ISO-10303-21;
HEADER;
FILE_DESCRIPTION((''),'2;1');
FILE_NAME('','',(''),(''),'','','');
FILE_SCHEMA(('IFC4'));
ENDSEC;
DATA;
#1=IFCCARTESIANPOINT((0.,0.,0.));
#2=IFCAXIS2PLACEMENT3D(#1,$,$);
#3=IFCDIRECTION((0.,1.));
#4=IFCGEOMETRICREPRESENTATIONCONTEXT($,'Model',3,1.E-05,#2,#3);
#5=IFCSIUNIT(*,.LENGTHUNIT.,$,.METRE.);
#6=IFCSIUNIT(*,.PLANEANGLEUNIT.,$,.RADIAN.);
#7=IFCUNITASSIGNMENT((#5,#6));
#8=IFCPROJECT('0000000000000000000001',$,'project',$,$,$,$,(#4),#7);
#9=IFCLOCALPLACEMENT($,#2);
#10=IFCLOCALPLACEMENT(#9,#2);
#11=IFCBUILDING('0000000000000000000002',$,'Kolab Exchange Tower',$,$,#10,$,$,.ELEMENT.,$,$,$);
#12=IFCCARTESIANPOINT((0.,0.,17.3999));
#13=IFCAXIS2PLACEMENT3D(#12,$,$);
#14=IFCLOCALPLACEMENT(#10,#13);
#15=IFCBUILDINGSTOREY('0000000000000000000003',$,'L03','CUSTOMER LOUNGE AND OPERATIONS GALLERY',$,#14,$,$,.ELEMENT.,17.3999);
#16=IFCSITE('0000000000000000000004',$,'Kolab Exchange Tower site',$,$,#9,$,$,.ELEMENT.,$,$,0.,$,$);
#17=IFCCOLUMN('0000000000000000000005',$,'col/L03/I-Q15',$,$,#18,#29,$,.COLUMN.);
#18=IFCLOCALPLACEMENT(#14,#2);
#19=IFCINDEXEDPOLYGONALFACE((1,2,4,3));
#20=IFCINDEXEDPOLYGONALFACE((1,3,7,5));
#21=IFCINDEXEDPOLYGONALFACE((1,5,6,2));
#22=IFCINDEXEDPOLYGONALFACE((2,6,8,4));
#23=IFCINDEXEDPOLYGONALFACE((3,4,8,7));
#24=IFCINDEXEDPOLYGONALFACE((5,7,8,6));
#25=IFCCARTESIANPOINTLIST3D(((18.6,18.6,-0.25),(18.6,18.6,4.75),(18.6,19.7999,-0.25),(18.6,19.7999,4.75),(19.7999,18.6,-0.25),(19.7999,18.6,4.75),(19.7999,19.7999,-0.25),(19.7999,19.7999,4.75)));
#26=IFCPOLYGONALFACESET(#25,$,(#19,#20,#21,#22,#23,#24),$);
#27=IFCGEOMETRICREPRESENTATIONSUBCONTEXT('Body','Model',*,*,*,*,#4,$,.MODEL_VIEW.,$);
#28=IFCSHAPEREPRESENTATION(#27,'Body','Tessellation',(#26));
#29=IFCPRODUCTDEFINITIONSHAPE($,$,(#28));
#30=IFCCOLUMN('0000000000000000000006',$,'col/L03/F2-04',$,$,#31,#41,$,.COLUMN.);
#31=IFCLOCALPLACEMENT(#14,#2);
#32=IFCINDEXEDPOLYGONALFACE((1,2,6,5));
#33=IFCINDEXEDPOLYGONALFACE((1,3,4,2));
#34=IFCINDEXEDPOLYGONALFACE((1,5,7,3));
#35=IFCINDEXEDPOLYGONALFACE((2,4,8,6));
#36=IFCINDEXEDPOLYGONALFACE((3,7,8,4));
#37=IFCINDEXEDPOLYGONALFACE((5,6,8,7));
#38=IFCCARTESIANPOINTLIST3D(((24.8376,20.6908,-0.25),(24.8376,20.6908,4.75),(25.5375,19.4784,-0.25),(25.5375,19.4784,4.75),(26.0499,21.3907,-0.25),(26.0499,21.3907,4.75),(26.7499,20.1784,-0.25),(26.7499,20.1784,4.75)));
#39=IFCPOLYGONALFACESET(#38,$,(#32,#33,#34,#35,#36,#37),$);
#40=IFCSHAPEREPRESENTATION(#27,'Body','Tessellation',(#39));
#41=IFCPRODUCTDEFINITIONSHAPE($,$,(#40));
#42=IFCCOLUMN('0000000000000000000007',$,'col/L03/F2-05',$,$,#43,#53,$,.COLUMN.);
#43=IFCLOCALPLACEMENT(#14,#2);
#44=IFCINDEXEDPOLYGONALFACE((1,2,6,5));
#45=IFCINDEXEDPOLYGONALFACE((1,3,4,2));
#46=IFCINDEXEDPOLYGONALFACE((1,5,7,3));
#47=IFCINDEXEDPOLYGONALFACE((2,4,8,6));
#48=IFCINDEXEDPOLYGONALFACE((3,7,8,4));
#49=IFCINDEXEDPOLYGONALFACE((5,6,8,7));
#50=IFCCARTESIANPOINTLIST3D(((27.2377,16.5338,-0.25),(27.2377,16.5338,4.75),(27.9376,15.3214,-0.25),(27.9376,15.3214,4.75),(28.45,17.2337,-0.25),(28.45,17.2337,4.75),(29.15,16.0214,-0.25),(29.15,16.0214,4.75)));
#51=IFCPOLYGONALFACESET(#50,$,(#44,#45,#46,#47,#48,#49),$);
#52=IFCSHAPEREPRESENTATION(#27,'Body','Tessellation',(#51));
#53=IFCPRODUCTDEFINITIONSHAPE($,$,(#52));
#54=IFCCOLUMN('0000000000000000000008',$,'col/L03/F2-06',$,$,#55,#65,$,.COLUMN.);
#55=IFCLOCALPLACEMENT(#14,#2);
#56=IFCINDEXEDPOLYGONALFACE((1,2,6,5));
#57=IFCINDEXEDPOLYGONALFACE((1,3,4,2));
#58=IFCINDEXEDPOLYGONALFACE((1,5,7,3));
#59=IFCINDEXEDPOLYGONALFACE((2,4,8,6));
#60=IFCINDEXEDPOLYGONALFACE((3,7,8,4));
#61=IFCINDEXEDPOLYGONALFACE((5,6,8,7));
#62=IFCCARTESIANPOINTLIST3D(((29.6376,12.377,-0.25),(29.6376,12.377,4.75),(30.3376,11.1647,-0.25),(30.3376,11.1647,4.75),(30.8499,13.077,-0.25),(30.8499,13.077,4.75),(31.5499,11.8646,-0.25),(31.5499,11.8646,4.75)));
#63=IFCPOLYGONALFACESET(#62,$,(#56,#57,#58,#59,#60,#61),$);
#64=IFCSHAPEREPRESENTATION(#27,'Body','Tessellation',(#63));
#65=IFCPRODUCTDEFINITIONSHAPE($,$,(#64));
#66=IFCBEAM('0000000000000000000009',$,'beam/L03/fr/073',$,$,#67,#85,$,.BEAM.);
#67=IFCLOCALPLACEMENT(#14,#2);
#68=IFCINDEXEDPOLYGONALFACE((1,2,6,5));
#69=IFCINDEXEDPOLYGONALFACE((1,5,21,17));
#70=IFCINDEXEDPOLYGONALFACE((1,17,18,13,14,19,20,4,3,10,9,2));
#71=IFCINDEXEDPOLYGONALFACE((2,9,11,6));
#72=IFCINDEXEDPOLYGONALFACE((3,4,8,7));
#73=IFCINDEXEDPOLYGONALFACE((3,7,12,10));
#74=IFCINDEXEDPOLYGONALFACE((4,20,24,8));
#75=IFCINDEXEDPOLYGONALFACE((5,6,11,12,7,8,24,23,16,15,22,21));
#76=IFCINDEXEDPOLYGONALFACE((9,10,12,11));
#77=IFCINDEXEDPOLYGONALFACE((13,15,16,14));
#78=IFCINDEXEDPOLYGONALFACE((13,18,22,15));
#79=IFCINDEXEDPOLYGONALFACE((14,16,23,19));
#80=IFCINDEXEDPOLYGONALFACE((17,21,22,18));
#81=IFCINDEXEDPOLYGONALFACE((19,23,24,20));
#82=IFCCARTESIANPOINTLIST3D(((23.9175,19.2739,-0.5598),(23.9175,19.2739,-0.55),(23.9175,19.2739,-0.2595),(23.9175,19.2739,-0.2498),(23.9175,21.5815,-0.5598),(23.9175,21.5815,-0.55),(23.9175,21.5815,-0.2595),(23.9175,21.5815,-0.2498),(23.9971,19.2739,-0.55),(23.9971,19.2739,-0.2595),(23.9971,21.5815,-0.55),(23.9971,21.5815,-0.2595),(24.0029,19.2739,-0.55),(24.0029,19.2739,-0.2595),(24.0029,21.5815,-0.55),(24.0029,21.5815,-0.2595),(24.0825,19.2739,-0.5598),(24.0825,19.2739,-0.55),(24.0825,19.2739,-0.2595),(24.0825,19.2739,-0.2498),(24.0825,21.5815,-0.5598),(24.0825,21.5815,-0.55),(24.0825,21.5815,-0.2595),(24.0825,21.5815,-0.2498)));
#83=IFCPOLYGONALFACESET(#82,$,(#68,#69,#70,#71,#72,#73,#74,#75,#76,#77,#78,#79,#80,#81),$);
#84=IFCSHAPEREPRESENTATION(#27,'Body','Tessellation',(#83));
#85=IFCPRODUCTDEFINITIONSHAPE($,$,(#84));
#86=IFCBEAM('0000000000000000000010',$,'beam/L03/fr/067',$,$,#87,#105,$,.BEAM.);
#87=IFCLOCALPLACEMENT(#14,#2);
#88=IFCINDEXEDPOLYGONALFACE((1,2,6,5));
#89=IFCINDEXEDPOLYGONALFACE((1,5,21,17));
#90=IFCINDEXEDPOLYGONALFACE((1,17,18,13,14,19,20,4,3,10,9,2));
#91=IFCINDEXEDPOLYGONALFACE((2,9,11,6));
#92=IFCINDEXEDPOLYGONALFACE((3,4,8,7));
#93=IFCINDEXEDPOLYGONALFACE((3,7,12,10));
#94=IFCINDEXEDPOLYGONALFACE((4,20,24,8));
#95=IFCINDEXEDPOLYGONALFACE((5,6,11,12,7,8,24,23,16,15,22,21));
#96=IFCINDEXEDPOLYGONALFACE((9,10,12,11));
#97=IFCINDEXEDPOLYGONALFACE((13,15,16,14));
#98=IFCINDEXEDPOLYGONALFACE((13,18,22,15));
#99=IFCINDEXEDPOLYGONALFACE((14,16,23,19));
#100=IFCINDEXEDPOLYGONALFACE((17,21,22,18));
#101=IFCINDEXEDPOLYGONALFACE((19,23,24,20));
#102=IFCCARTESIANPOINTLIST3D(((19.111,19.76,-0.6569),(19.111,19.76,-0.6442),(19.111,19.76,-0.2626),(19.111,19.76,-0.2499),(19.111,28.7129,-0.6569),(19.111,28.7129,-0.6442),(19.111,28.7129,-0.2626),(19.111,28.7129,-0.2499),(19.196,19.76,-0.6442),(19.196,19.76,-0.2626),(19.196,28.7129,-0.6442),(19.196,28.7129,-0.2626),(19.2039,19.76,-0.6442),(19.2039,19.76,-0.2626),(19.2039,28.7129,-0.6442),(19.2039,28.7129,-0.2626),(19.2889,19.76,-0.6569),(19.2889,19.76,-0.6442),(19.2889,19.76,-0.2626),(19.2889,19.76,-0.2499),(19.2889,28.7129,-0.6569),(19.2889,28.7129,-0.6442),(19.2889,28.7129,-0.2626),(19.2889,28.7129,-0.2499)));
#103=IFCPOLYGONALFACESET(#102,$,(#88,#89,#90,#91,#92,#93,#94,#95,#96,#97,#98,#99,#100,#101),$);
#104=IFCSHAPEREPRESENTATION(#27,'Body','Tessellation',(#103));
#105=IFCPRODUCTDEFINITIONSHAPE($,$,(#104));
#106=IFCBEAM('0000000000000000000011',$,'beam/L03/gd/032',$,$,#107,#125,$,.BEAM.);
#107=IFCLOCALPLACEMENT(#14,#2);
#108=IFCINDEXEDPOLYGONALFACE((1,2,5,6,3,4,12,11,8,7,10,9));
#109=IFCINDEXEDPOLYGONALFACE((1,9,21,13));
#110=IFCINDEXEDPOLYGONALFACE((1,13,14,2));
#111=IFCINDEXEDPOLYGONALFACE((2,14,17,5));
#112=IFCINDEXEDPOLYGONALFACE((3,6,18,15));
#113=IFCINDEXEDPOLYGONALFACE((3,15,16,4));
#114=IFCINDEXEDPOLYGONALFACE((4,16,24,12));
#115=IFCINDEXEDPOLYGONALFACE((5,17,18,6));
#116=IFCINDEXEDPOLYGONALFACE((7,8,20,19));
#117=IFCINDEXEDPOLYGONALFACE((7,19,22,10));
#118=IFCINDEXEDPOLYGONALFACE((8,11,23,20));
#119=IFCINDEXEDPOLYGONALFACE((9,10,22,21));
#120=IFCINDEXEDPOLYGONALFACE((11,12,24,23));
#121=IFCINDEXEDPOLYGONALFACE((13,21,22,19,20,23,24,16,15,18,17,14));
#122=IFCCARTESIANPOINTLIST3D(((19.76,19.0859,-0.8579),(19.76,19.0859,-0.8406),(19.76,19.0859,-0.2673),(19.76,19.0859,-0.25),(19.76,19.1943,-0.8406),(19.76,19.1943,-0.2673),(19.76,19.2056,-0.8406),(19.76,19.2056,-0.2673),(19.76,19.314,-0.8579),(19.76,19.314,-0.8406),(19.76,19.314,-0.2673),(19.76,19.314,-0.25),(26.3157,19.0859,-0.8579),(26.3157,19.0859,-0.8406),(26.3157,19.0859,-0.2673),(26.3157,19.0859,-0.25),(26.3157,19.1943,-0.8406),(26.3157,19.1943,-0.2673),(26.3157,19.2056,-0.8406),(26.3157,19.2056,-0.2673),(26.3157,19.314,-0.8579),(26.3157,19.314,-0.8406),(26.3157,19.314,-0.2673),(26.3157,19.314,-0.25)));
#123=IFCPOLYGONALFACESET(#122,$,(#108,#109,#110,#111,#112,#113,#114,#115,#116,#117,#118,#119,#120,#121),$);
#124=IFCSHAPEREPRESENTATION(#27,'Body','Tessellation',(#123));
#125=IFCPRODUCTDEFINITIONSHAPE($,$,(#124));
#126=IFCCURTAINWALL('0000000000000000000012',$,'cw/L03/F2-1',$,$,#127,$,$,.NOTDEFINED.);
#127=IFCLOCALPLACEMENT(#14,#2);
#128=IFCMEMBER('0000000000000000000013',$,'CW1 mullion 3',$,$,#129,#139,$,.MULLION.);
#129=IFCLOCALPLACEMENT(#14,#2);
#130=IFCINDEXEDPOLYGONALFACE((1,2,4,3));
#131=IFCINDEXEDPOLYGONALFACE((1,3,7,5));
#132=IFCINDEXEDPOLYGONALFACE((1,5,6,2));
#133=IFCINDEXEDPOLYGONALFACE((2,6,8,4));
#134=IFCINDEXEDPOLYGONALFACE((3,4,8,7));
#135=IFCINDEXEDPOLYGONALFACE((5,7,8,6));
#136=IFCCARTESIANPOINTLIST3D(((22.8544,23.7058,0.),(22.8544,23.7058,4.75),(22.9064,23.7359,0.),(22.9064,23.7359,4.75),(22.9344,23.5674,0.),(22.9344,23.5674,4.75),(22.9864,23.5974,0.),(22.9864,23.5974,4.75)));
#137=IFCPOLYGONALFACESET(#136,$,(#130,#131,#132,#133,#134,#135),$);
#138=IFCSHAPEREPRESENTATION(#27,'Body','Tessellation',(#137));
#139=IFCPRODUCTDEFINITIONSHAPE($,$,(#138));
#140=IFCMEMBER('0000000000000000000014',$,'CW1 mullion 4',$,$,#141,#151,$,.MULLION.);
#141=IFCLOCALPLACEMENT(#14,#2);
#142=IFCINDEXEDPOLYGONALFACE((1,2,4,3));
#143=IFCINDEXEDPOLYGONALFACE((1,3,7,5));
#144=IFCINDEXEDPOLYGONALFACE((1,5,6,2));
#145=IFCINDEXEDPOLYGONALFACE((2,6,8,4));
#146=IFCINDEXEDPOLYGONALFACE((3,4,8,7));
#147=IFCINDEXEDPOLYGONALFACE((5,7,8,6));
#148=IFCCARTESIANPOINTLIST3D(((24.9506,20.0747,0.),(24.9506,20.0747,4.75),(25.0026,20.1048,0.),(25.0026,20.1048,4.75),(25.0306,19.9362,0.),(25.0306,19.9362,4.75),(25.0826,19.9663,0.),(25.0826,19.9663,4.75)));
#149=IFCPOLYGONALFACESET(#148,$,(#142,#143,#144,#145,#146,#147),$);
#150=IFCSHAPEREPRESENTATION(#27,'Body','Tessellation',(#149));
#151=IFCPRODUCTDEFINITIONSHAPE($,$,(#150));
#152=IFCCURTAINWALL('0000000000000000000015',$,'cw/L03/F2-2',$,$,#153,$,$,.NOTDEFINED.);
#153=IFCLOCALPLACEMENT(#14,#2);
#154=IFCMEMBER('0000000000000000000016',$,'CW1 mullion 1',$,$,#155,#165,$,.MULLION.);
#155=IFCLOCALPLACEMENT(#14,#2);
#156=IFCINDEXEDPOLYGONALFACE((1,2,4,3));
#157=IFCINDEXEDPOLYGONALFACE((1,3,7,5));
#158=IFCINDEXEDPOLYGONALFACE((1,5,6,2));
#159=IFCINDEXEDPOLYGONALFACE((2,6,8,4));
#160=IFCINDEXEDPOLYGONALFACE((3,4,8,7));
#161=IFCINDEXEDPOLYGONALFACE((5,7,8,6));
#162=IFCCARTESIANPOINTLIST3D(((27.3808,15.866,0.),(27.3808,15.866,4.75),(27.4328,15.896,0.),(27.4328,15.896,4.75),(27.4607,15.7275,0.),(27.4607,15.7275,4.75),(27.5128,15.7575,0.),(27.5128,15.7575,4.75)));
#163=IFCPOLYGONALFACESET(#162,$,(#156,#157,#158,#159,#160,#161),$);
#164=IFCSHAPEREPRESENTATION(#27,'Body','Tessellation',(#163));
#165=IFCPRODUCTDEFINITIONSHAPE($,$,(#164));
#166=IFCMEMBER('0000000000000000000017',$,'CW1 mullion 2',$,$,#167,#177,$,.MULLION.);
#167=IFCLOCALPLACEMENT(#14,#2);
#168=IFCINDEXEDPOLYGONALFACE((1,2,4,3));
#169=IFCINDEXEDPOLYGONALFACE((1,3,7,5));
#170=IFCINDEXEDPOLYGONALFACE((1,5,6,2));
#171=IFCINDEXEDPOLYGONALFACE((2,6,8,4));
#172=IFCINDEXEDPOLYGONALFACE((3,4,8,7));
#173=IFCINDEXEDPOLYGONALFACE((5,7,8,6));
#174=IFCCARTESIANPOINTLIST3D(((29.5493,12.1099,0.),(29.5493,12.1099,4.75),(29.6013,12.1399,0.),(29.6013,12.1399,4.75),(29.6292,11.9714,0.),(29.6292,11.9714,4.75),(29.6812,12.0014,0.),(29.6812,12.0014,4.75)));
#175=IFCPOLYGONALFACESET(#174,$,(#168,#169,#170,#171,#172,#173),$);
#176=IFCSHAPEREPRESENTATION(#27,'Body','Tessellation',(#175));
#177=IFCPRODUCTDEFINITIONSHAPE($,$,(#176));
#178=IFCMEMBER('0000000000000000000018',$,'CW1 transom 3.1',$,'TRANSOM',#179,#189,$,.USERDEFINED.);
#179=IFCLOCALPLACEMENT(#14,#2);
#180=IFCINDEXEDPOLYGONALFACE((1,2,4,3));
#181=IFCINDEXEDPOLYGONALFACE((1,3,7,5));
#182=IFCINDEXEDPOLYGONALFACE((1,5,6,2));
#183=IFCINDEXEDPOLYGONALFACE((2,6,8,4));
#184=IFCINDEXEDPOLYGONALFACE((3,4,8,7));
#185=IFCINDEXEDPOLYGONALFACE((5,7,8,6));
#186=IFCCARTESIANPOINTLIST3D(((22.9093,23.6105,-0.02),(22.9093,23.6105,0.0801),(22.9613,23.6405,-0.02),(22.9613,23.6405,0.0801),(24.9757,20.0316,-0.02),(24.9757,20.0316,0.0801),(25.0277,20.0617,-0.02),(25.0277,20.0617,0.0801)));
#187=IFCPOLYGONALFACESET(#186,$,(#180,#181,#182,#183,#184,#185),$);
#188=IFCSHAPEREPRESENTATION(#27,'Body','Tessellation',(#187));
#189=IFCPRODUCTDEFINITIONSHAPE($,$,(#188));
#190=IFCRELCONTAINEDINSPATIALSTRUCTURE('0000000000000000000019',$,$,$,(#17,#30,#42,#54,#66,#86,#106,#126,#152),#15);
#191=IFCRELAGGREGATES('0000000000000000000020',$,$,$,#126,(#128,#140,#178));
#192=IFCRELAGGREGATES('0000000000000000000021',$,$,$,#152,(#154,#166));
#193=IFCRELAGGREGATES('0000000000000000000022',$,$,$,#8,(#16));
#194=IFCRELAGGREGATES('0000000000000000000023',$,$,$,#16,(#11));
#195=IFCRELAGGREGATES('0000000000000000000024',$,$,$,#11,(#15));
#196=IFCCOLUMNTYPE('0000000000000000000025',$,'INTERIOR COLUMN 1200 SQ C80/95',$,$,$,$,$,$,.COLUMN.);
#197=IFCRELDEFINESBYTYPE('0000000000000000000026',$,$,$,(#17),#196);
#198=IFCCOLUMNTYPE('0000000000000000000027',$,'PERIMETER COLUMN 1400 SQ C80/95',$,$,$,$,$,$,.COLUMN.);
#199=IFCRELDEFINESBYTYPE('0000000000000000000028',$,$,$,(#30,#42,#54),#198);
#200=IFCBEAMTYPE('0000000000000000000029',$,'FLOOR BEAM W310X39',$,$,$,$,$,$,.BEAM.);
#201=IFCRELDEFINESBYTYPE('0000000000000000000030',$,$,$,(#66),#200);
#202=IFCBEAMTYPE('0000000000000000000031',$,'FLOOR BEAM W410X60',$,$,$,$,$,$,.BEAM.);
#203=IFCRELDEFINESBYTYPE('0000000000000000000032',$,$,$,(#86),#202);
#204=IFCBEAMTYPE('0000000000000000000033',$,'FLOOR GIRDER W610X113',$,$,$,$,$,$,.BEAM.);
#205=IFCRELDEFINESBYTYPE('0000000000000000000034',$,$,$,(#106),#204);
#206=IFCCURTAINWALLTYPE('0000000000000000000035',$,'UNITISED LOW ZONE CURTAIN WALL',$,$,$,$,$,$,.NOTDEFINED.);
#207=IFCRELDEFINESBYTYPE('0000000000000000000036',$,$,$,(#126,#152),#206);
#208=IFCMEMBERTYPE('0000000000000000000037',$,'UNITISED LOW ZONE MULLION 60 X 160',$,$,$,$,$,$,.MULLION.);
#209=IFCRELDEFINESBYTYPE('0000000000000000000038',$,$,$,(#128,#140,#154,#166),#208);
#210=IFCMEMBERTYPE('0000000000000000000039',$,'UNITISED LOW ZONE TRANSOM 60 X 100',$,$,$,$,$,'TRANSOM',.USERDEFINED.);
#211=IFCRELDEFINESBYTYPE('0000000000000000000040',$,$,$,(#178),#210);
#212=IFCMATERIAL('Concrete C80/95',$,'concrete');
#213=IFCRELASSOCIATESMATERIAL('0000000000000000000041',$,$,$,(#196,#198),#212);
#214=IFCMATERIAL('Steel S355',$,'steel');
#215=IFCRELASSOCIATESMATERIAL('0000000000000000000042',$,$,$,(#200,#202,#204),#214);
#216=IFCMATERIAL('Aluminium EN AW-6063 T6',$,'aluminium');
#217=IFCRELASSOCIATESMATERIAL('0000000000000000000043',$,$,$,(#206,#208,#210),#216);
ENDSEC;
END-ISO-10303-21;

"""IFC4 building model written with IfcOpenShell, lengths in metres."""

from ifc_helpers import new_model, si_unit, direction, frame, origin, origin_2d, place, context, subcontext, project, spatial, rectangle, i_section, extrude, material, material_profile, profile_set, type_object, element, aggregate, save


model = new_model("IFC4")

# Units and contexts
model_context = context("Model", 3, precision=1e-05, world=origin(), true_north=direction((0.0, 1.0)))
body_context = subcontext(model_context, "Body", "Model", "MODEL_VIEW")
ifc_project = project(units=[si_unit("LENGTHUNIT", "METRE"), si_unit("PLANEANGLEUNIT", "RADIAN")], contexts=[model_context])

# Site, building, storey
site_placement = place(None, origin())
site = spatial("IfcSite", under=ifc_project, at=site_placement, Name="Kolab Exchange Tower site", CompositionType="ELEMENT", RefElevation=0.0)
building_placement = place(site_placement, origin())
building = spatial("IfcBuilding", under=site, at=building_placement, Name="Kolab Exchange Tower", CompositionType="ELEMENT")
storey_placement = place(building_placement, frame((0.0, 0.0, 17.3999)))
storey = spatial("IfcBuildingStorey", under=building, at=storey_placement, Name="L03", Description="CUSTOMER LOUNGE AND OPERATIONS GALLERY", CompositionType="ELEMENT", Elevation=17.3999)

# Columns
ifc_material_1 = material(Name="Concrete C80/95", Category="concrete")
ifc_material_profile_1 = material_profile(ifc_material_1, rectangle(XDim=1.2, YDim=1.2, at=origin_2d()), Name="RC1200")
ifc_profile_set_1 = profile_set([ifc_material_profile_1], Name="Concrete C80/95")
column_type_1 = type_object("IfcColumnType", Name="INTERIOR COLUMN 1200 SQ C80/95", PredefinedType="COLUMN", material=ifc_profile_set_1)
column_placement = place(storey_placement, frame((19.2, 19.2, -0.25), z_axis=(0.0, 0.0, 1.0), x_axis=(1.0, 0.0, 0.0)))
element("IfcColumn", 1, at=column_placement, inside=storey, type_object=column_type_1, Name="col/L03/I-Q15", PredefinedType="COLUMN", context=body_context, shape_type="SweptSolid", body=[
    extrude(rectangle(XDim=1.2, YDim=1.2, at=origin_2d()), origin(), (0.0, 0.0, 1.0), 5.0),
])
ifc_material_profile_2 = material_profile(ifc_material_1, rectangle(XDim=1.3999, YDim=1.3999, at=origin_2d()), Name="RC1400")
ifc_profile_set_2 = profile_set([ifc_material_profile_2], Name="Concrete C80/95")
column_type_2 = type_object("IfcColumnType", Name="PERIMETER COLUMN 1400 SQ C80/95", PredefinedType="COLUMN", material=ifc_profile_set_2)
for number, where, z_axis, x_axis, name in (
    (2, (25.7937, 20.4346, -0.25), (0.0, 0.0, 1.0), (0.866025, 0.5, 0.0), "col/L03/F2-04"),
    (3, (28.1938, 16.2776, -0.25), (0.0, 0.0, 1.0), (0.866025, 0.5, 0.0), "col/L03/F2-05"),
    (4, (30.5938, 12.1208, -0.25), (0.0, 0.0, 1.0), (0.866025, 0.5, 0.0), "col/L03/F2-06"),
):
    element("IfcColumn", number, at=place(storey_placement, frame(where, z_axis=z_axis, x_axis=x_axis)), inside=storey, type_object=column_type_2, Name=name, PredefinedType="COLUMN", context=body_context, shape_type="SweptSolid", body=[
        extrude(rectangle(XDim=1.3999, YDim=1.3999, at=origin_2d()), origin(), (0.0, 0.0, 1.0), 5.0),
    ])

# Beams
ifc_material_2 = material(Name="Steel S355", Category="steel")
ifc_material_profile_3 = material_profile(ifc_material_2, i_section(OverallWidth=0.165, OverallDepth=0.3101, WebThickness=0.0059, FlangeThickness=0.0098, at=origin_2d()), Name="W310X39")
ifc_profile_set_3 = profile_set([ifc_material_profile_3], Name="Steel S355")
beam_type_1 = type_object("IfcBeamType", Name="FLOOR BEAM W310X39", PredefinedType="BEAM", material=ifc_profile_set_3)
beam_1_placement = place(storey_placement, frame((24.0, 19.2739, -0.4048), z_axis=(0.0, 1.0, 0.0), x_axis=(-1.0, 0.0, 0.0)))
element("IfcBeam", 5, at=beam_1_placement, inside=storey, type_object=beam_type_1, Name="beam/L03/fr/073", PredefinedType="BEAM", context=body_context, shape_type="SweptSolid", body=[
    extrude(i_section(OverallWidth=0.165, OverallDepth=0.3101, WebThickness=0.0059, FlangeThickness=0.0098, at=origin_2d()), origin(), (0.0, 0.0, 1.0), 2.3076),
])
ifc_material_profile_4 = material_profile(ifc_material_2, i_section(OverallWidth=0.178, OverallDepth=0.407, WebThickness=0.0078, FlangeThickness=0.0127, at=origin_2d()), Name="W410X60")
ifc_profile_set_4 = profile_set([ifc_material_profile_4], Name="Steel S355")
beam_type_2 = type_object("IfcBeamType", Name="FLOOR BEAM W410X60", PredefinedType="BEAM", material=ifc_profile_set_4)
beam_2_placement = place(storey_placement, frame((19.2, 19.76, -0.4534), z_axis=(0.0, 1.0, 0.0), x_axis=(-1.0, 0.0, 0.0)))
element("IfcBeam", 6, at=beam_2_placement, inside=storey, type_object=beam_type_2, Name="beam/L03/fr/067", PredefinedType="BEAM", context=body_context, shape_type="SweptSolid", body=[
    extrude(i_section(OverallWidth=0.178, OverallDepth=0.407, WebThickness=0.0078, FlangeThickness=0.0127, at=origin_2d()), origin(), (0.0, 0.0, 1.0), 8.9529),
])
ifc_material_profile_5 = material_profile(ifc_material_2, i_section(OverallWidth=0.228, OverallDepth=0.6079, WebThickness=0.0112, FlangeThickness=0.0173, at=origin_2d()), Name="W610X113")
ifc_profile_set_5 = profile_set([ifc_material_profile_5], Name="Steel S355")
beam_type_3 = type_object("IfcBeamType", Name="FLOOR GIRDER W610X113", PredefinedType="BEAM", material=ifc_profile_set_5)
beam_3_placement = place(storey_placement, frame((19.76, 19.2, -0.554), z_axis=(1.0, 0.0, 0.0), x_axis=(0.0, 1.0, 0.0)))
element("IfcBeam", 7, at=beam_3_placement, inside=storey, type_object=beam_type_3, Name="beam/L03/gd/032", PredefinedType="BEAM", context=body_context, shape_type="SweptSolid", body=[
    extrude(i_section(OverallWidth=0.228, OverallDepth=0.6079, WebThickness=0.0112, FlangeThickness=0.0173, at=origin_2d()), origin(), (0.0, 0.0, 1.0), 6.5557),
])

# Curtain walls, members
ifc_material_3 = material(Name="Aluminium EN AW-6063 T6", Category="aluminium")
curtain_wall_type = type_object("IfcCurtainWallType", Name="UNITISED LOW ZONE CURTAIN WALL", PredefinedType="NOTDEFINED", material=ifc_material_3)
curtain_wall_1_placement = place(storey_placement, origin())
curtain_wall_1 = element("IfcCurtainWall", 8, at=curtain_wall_1_placement, inside=storey, type_object=curtain_wall_type, Name="cw/L03/F2-1", PredefinedType="NOTDEFINED")
ifc_material_profile_6 = material_profile(ifc_material_3, rectangle(XDim=0.0601, YDim=0.1599, at=origin_2d()), Name="RECT 60X160")
ifc_profile_set_6 = profile_set([ifc_material_profile_6], Name="Aluminium EN AW-6063 T6")
member_type_1 = type_object("IfcMemberType", Name="UNITISED LOW ZONE MULLION 60 X 160", PredefinedType="MULLION", material=ifc_profile_set_6)
member_1_placement = place(storey_placement, frame((22.9204, 23.6516, 0.0), z_axis=(0.0, 0.0, 1.0), x_axis=(0.866025, 0.5, 0.0)))
member_1 = element("IfcMember", 9, at=member_1_placement, type_object=member_type_1, Name="CW1 mullion 3", PredefinedType="MULLION", context=body_context, shape_type="SweptSolid", body=[
    extrude(rectangle(XDim=0.0601, YDim=0.1599, at=origin_2d()), origin(), (0.0, 0.0, 1.0), 4.75),
])
member_2_placement = place(storey_placement, frame((25.0166, 20.0205, 0.0), z_axis=(0.0, 0.0, 1.0), x_axis=(0.866025, 0.5, 0.0)))
member_2 = element("IfcMember", 10, at=member_2_placement, type_object=member_type_1, Name="CW1 mullion 4", PredefinedType="MULLION", context=body_context, shape_type="SweptSolid", body=[
    extrude(rectangle(XDim=0.0601, YDim=0.1599, at=origin_2d()), origin(), (0.0, 0.0, 1.0), 4.75),
])
curtain_wall_2_placement = place(storey_placement, origin())
curtain_wall_2 = element("IfcCurtainWall", 11, at=curtain_wall_2_placement, inside=storey, type_object=curtain_wall_type, Name="cw/L03/F2-2", PredefinedType="NOTDEFINED")
member_3_placement = place(storey_placement, frame((27.4468, 15.8118, 0.0), z_axis=(0.0, 0.0, 1.0), x_axis=(0.866025, 0.5, 0.0)))
member_3 = element("IfcMember", 12, at=member_3_placement, type_object=member_type_1, Name="CW1 mullion 1", PredefinedType="MULLION", context=body_context, shape_type="SweptSolid", body=[
    extrude(rectangle(XDim=0.0601, YDim=0.1599, at=origin_2d()), origin(), (0.0, 0.0, 1.0), 4.75),
])
member_4_placement = place(storey_placement, frame((29.6152, 12.0557, 0.0), z_axis=(0.0, 0.0, 1.0), x_axis=(0.866025, 0.5, 0.0)))
member_4 = element("IfcMember", 13, at=member_4_placement, type_object=member_type_1, Name="CW1 mullion 2", PredefinedType="MULLION", context=body_context, shape_type="SweptSolid", body=[
    extrude(rectangle(XDim=0.0601, YDim=0.1599, at=origin_2d()), origin(), (0.0, 0.0, 1.0), 4.75),
])

# Member
ifc_material_profile_7 = material_profile(ifc_material_3, rectangle(XDim=0.0601, YDim=0.1001, at=origin_2d()), Name="RECT 60X100")
ifc_profile_set_7 = profile_set([ifc_material_profile_7], Name="Aluminium EN AW-6063 T6")
member_type_2 = type_object("IfcMemberType", Name="UNITISED LOW ZONE TRANSOM 60 X 100", ElementType="TRANSOM", PredefinedType="USERDEFINED", material=ifc_profile_set_7)
member_5_placement = place(storey_placement, frame((22.9353, 23.6255, 0.03), z_axis=(0.500028, -0.866009, 0.0), x_axis=(0.866009, 0.500028, 0.0)))
member_5 = element("IfcMember", 14, at=member_5_placement, type_object=member_type_2, Name="CW1 transom 3.1", ObjectType="TRANSOM", PredefinedType="USERDEFINED", context=body_context, shape_type="SweptSolid", body=[
    extrude(rectangle(XDim=0.0601, YDim=0.1001, at=origin_2d()), origin(), (0.0, 0.0, 1.0), 4.1326),
])

aggregate(curtain_wall_1, [member_1, member_2, member_5])
aggregate(curtain_wall_2, [member_3, member_4])

save(model, "model.ifc")
